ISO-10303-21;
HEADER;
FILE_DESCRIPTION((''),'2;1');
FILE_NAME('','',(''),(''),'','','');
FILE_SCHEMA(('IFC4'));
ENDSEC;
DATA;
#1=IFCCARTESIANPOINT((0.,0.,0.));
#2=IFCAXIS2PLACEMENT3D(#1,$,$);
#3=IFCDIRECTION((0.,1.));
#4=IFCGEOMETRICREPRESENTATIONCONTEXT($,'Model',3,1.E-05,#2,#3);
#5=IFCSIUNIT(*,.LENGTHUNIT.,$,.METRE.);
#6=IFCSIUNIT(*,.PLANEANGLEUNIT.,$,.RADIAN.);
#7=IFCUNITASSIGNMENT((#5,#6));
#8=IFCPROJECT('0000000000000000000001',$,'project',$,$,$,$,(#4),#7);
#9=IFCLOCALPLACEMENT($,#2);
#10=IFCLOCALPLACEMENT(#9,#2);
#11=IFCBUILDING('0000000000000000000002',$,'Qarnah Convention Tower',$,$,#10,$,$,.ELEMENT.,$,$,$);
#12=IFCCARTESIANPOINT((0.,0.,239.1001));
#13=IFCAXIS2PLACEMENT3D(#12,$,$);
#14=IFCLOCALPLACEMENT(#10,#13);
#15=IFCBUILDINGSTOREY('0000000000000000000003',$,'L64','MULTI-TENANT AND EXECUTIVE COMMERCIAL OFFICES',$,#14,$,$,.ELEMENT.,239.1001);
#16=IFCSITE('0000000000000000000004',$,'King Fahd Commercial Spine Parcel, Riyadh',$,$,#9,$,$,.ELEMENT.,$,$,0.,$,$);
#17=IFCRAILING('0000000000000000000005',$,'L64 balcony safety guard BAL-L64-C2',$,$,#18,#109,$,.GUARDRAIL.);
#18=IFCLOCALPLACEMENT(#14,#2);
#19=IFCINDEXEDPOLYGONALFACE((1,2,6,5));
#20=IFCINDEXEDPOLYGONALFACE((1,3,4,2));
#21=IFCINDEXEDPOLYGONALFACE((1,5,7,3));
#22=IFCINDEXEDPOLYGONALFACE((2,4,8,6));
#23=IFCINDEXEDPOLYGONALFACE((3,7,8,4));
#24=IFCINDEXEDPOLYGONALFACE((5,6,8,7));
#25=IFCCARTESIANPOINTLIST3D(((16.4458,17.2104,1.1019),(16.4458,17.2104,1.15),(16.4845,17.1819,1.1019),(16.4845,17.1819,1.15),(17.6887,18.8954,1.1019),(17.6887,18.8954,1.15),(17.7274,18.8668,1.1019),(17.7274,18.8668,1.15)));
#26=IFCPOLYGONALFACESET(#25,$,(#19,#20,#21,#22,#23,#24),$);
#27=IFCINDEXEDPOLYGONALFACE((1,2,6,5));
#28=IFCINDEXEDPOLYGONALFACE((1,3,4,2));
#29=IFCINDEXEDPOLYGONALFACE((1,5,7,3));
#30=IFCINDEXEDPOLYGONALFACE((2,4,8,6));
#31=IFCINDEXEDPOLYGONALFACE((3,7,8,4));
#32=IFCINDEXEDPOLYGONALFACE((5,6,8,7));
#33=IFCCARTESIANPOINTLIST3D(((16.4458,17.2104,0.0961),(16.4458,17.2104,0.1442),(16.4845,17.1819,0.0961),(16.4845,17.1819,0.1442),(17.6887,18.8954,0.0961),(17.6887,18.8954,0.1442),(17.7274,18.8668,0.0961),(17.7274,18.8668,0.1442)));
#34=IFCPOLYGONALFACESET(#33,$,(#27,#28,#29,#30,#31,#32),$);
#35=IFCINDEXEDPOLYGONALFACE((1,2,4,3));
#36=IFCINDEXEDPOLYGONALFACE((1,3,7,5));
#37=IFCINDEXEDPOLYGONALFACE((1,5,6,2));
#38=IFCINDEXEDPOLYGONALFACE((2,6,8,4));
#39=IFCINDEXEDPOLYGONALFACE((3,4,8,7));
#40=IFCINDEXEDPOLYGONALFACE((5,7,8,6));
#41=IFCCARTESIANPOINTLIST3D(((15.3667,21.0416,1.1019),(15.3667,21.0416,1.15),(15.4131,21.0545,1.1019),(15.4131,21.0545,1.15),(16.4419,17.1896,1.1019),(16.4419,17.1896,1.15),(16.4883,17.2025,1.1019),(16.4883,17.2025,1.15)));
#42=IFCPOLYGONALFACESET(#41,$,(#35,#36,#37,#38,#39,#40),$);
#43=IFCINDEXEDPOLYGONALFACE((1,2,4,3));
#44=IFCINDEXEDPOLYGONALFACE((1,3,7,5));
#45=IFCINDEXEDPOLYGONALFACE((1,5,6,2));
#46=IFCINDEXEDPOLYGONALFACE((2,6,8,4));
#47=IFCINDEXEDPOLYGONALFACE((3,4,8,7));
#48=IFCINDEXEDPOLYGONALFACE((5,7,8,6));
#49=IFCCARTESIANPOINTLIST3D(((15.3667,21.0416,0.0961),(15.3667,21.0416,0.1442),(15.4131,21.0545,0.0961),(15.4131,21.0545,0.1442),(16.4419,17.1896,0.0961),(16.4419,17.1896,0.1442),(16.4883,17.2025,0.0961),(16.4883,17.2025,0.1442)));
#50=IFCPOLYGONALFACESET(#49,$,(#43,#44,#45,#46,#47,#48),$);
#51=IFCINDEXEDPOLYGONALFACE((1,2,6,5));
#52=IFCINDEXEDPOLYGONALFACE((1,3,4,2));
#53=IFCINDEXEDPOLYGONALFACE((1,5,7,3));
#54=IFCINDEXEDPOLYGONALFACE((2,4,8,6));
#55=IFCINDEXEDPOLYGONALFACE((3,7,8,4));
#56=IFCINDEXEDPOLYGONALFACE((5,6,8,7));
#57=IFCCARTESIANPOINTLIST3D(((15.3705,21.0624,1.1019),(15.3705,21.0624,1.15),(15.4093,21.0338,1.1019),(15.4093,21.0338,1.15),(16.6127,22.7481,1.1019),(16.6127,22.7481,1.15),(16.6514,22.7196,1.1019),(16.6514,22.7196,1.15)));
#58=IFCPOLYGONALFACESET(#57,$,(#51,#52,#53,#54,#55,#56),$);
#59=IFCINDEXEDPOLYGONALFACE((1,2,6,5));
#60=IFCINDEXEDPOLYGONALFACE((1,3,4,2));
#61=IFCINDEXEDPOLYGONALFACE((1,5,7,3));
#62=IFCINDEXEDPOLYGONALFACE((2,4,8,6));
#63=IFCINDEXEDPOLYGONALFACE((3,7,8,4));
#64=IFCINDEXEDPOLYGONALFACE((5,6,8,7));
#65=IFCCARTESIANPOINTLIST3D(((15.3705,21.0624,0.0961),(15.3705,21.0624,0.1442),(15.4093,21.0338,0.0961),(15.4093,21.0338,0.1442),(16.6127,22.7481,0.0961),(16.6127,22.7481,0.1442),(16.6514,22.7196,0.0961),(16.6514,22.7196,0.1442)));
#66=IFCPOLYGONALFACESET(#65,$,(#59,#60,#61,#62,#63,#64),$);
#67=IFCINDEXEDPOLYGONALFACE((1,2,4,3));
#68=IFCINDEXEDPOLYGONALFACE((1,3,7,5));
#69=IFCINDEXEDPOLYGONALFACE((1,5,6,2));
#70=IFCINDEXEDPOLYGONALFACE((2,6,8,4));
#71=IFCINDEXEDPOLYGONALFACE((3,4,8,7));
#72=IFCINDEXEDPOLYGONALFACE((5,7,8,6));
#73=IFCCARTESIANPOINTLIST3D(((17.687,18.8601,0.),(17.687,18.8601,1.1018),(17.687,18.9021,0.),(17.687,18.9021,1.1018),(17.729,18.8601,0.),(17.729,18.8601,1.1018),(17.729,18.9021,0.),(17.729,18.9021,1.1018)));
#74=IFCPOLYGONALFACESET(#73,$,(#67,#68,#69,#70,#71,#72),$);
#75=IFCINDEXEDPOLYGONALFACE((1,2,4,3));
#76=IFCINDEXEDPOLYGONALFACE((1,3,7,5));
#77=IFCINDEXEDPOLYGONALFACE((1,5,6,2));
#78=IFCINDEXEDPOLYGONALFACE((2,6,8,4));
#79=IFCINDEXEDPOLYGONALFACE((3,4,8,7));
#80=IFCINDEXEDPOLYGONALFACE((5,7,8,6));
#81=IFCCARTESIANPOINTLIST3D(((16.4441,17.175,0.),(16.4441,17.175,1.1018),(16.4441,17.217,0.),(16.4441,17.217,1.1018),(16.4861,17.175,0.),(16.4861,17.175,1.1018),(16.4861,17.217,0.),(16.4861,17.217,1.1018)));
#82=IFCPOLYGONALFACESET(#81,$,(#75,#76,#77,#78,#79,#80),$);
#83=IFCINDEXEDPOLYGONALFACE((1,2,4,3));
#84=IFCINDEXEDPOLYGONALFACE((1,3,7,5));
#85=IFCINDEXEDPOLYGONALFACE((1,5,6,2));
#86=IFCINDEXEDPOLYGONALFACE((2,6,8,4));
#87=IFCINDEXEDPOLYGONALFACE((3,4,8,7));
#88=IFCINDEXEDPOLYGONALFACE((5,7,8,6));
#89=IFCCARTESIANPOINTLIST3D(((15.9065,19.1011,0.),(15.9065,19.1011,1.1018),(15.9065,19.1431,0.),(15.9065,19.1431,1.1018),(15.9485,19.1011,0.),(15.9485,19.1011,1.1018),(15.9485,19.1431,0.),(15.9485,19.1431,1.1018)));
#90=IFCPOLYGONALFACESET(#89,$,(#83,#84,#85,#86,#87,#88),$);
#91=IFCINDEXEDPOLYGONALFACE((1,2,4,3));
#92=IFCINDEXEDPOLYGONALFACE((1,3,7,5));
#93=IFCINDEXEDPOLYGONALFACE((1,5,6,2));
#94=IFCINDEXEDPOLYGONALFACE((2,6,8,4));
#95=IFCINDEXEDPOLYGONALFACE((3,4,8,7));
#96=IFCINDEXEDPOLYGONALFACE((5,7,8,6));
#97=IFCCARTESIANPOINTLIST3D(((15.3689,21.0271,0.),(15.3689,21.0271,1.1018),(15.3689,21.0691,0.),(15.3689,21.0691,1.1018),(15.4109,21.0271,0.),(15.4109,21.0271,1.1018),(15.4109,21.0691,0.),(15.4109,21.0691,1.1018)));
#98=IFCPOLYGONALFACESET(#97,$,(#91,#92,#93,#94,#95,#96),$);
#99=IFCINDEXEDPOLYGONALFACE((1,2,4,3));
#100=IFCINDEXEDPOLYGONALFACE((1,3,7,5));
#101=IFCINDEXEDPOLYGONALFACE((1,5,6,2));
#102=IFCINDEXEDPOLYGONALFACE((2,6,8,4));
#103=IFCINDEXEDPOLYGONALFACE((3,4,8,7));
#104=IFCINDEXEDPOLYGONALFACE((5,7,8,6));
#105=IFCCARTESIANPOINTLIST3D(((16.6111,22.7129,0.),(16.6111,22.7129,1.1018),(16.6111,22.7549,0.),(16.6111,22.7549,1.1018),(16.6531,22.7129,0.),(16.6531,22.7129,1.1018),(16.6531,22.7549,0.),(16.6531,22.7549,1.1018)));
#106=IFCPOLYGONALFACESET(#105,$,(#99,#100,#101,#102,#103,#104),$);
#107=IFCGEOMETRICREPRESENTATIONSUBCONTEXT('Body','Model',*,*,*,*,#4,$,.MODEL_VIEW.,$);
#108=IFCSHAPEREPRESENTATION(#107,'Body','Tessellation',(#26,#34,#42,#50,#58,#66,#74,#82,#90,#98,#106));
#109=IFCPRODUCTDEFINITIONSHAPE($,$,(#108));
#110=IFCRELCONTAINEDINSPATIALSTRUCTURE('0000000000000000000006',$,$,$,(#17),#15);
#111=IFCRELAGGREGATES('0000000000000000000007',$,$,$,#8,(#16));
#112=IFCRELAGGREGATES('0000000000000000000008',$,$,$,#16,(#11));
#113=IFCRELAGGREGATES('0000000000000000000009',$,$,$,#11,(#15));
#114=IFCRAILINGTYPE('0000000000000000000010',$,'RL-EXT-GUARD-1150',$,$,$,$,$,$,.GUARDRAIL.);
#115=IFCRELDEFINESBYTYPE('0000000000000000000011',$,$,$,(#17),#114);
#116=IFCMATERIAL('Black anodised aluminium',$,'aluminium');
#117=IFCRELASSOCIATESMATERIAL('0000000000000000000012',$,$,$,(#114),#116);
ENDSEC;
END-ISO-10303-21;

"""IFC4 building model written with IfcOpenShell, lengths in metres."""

from ifc_helpers import new_model, si_unit, direction, frame, origin, origin_2d, place, context, subcontext, project, spatial, rectangle, extrude, material, type_object, element, save


model = new_model("IFC4")

# Units and contexts
model_context = context("Model", 3, precision=1e-05, world=origin(), true_north=direction((0.0, 1.0)))
body_context = subcontext(model_context, "Body", "Model", "MODEL_VIEW")
ifc_project = project(units=[si_unit("LENGTHUNIT", "METRE"), si_unit("PLANEANGLEUNIT", "RADIAN")], contexts=[model_context])

# Site, building, storey
site_placement = place(None, origin())
site = spatial("IfcSite", under=ifc_project, at=site_placement, Name="King Fahd Commercial Spine Parcel, Riyadh", CompositionType="ELEMENT", RefElevation=0.0)
building_placement = place(site_placement, origin())
building = spatial("IfcBuilding", under=site, at=building_placement, Name="Qarnah Convention Tower", CompositionType="ELEMENT")
storey_placement = place(building_placement, frame((0.0, 0.0, 239.1001)))
storey = spatial("IfcBuildingStorey", under=building, at=storey_placement, Name="L64", Description="MULTI-TENANT AND EXECUTIVE COMMERCIAL OFFICES", CompositionType="ELEMENT", Elevation=239.1001)

# Shared definitions
ifc_material_1 = material(Name="Black anodised aluminium", Category="aluminium")

# Railing
railing_type = type_object("IfcRailingType", Name="RL-EXT-GUARD-1150", PredefinedType="GUARDRAIL", material=ifc_material_1)
railing_1_placement = place(storey_placement, frame((17.708, 18.8811, 0.0)))
element("IfcRailing", 1, at=railing_1_placement, inside=storey, type_object=railing_type, Name="L64 balcony safety guard BAL-L64-C2", PredefinedType="GUARDRAIL", context=body_context, shape_type="SweptSolid", body=[
    extrude(rectangle(XDim=0.0481, YDim=0.0481, at=origin_2d()), frame((0.0, 0.0, 1.126), z_axis=(-0.593601, -0.80476, 0.0), x_axis=(0.80476, -0.593601, 0.0)), (0.0, 0.0, 1.0), 2.0938),
    extrude(rectangle(XDim=0.0481, YDim=0.0481, at=origin_2d()), frame((0.0, 0.0, 0.1201), z_axis=(-0.593601, -0.80476, 0.0), x_axis=(0.80476, -0.593601, 0.0)), (0.0, 0.0, 1.0), 2.0938),
    extrude(rectangle(XDim=0.0481, YDim=0.0481, at=origin_2d()), frame((-1.2429, -1.6851, 1.126), z_axis=(-0.268846, 0.963183, 0.0), x_axis=(-0.963183, -0.268846, 0.0)), (0.0, 0.0, 1.0), 3.9993),
    extrude(rectangle(XDim=0.0481, YDim=0.0481, at=origin_2d()), frame((-1.2429, -1.6851, 0.1201), z_axis=(-0.268846, 0.963183, 0.0), x_axis=(-0.963183, -0.268846, 0.0)), (0.0, 0.0, 1.0), 3.9993),
    extrude(rectangle(XDim=0.0481, YDim=0.0481, at=origin_2d()), frame((-2.3181, 2.167, 1.126), z_axis=(0.593207, 0.80505, 0.0), x_axis=(-0.80505, 0.593207, 0.0)), (0.0, 0.0, 1.0), 2.094),
    extrude(rectangle(XDim=0.0481, YDim=0.0481, at=origin_2d()), frame((-2.3181, 2.167, 0.1201), z_axis=(0.593207, 0.80505, 0.0), x_axis=(-0.80505, 0.593207, 0.0)), (0.0, 0.0, 1.0), 2.094),
    extrude(rectangle(XDim=0.042, YDim=0.042, at=origin_2d()), origin(), (0.0, 0.0, 1.0), 1.1018),
    extrude(rectangle(XDim=0.042, YDim=0.042, at=origin_2d()), frame((-1.2429, -1.6851, 0.0)), (0.0, 0.0, 1.0), 1.1018),
    extrude(rectangle(XDim=0.042, YDim=0.042, at=origin_2d()), frame((-1.7805, 0.241, 0.0)), (0.0, 0.0, 1.0), 1.1018),
    extrude(rectangle(XDim=0.042, YDim=0.042, at=origin_2d()), frame((-2.3181, 2.167, 0.0)), (0.0, 0.0, 1.0), 1.1018),
    extrude(rectangle(XDim=0.042, YDim=0.042, at=origin_2d()), frame((-1.0759, 3.8528, 0.0)), (0.0, 0.0, 1.0), 1.1018),
])

save(model, "model.ifc")
